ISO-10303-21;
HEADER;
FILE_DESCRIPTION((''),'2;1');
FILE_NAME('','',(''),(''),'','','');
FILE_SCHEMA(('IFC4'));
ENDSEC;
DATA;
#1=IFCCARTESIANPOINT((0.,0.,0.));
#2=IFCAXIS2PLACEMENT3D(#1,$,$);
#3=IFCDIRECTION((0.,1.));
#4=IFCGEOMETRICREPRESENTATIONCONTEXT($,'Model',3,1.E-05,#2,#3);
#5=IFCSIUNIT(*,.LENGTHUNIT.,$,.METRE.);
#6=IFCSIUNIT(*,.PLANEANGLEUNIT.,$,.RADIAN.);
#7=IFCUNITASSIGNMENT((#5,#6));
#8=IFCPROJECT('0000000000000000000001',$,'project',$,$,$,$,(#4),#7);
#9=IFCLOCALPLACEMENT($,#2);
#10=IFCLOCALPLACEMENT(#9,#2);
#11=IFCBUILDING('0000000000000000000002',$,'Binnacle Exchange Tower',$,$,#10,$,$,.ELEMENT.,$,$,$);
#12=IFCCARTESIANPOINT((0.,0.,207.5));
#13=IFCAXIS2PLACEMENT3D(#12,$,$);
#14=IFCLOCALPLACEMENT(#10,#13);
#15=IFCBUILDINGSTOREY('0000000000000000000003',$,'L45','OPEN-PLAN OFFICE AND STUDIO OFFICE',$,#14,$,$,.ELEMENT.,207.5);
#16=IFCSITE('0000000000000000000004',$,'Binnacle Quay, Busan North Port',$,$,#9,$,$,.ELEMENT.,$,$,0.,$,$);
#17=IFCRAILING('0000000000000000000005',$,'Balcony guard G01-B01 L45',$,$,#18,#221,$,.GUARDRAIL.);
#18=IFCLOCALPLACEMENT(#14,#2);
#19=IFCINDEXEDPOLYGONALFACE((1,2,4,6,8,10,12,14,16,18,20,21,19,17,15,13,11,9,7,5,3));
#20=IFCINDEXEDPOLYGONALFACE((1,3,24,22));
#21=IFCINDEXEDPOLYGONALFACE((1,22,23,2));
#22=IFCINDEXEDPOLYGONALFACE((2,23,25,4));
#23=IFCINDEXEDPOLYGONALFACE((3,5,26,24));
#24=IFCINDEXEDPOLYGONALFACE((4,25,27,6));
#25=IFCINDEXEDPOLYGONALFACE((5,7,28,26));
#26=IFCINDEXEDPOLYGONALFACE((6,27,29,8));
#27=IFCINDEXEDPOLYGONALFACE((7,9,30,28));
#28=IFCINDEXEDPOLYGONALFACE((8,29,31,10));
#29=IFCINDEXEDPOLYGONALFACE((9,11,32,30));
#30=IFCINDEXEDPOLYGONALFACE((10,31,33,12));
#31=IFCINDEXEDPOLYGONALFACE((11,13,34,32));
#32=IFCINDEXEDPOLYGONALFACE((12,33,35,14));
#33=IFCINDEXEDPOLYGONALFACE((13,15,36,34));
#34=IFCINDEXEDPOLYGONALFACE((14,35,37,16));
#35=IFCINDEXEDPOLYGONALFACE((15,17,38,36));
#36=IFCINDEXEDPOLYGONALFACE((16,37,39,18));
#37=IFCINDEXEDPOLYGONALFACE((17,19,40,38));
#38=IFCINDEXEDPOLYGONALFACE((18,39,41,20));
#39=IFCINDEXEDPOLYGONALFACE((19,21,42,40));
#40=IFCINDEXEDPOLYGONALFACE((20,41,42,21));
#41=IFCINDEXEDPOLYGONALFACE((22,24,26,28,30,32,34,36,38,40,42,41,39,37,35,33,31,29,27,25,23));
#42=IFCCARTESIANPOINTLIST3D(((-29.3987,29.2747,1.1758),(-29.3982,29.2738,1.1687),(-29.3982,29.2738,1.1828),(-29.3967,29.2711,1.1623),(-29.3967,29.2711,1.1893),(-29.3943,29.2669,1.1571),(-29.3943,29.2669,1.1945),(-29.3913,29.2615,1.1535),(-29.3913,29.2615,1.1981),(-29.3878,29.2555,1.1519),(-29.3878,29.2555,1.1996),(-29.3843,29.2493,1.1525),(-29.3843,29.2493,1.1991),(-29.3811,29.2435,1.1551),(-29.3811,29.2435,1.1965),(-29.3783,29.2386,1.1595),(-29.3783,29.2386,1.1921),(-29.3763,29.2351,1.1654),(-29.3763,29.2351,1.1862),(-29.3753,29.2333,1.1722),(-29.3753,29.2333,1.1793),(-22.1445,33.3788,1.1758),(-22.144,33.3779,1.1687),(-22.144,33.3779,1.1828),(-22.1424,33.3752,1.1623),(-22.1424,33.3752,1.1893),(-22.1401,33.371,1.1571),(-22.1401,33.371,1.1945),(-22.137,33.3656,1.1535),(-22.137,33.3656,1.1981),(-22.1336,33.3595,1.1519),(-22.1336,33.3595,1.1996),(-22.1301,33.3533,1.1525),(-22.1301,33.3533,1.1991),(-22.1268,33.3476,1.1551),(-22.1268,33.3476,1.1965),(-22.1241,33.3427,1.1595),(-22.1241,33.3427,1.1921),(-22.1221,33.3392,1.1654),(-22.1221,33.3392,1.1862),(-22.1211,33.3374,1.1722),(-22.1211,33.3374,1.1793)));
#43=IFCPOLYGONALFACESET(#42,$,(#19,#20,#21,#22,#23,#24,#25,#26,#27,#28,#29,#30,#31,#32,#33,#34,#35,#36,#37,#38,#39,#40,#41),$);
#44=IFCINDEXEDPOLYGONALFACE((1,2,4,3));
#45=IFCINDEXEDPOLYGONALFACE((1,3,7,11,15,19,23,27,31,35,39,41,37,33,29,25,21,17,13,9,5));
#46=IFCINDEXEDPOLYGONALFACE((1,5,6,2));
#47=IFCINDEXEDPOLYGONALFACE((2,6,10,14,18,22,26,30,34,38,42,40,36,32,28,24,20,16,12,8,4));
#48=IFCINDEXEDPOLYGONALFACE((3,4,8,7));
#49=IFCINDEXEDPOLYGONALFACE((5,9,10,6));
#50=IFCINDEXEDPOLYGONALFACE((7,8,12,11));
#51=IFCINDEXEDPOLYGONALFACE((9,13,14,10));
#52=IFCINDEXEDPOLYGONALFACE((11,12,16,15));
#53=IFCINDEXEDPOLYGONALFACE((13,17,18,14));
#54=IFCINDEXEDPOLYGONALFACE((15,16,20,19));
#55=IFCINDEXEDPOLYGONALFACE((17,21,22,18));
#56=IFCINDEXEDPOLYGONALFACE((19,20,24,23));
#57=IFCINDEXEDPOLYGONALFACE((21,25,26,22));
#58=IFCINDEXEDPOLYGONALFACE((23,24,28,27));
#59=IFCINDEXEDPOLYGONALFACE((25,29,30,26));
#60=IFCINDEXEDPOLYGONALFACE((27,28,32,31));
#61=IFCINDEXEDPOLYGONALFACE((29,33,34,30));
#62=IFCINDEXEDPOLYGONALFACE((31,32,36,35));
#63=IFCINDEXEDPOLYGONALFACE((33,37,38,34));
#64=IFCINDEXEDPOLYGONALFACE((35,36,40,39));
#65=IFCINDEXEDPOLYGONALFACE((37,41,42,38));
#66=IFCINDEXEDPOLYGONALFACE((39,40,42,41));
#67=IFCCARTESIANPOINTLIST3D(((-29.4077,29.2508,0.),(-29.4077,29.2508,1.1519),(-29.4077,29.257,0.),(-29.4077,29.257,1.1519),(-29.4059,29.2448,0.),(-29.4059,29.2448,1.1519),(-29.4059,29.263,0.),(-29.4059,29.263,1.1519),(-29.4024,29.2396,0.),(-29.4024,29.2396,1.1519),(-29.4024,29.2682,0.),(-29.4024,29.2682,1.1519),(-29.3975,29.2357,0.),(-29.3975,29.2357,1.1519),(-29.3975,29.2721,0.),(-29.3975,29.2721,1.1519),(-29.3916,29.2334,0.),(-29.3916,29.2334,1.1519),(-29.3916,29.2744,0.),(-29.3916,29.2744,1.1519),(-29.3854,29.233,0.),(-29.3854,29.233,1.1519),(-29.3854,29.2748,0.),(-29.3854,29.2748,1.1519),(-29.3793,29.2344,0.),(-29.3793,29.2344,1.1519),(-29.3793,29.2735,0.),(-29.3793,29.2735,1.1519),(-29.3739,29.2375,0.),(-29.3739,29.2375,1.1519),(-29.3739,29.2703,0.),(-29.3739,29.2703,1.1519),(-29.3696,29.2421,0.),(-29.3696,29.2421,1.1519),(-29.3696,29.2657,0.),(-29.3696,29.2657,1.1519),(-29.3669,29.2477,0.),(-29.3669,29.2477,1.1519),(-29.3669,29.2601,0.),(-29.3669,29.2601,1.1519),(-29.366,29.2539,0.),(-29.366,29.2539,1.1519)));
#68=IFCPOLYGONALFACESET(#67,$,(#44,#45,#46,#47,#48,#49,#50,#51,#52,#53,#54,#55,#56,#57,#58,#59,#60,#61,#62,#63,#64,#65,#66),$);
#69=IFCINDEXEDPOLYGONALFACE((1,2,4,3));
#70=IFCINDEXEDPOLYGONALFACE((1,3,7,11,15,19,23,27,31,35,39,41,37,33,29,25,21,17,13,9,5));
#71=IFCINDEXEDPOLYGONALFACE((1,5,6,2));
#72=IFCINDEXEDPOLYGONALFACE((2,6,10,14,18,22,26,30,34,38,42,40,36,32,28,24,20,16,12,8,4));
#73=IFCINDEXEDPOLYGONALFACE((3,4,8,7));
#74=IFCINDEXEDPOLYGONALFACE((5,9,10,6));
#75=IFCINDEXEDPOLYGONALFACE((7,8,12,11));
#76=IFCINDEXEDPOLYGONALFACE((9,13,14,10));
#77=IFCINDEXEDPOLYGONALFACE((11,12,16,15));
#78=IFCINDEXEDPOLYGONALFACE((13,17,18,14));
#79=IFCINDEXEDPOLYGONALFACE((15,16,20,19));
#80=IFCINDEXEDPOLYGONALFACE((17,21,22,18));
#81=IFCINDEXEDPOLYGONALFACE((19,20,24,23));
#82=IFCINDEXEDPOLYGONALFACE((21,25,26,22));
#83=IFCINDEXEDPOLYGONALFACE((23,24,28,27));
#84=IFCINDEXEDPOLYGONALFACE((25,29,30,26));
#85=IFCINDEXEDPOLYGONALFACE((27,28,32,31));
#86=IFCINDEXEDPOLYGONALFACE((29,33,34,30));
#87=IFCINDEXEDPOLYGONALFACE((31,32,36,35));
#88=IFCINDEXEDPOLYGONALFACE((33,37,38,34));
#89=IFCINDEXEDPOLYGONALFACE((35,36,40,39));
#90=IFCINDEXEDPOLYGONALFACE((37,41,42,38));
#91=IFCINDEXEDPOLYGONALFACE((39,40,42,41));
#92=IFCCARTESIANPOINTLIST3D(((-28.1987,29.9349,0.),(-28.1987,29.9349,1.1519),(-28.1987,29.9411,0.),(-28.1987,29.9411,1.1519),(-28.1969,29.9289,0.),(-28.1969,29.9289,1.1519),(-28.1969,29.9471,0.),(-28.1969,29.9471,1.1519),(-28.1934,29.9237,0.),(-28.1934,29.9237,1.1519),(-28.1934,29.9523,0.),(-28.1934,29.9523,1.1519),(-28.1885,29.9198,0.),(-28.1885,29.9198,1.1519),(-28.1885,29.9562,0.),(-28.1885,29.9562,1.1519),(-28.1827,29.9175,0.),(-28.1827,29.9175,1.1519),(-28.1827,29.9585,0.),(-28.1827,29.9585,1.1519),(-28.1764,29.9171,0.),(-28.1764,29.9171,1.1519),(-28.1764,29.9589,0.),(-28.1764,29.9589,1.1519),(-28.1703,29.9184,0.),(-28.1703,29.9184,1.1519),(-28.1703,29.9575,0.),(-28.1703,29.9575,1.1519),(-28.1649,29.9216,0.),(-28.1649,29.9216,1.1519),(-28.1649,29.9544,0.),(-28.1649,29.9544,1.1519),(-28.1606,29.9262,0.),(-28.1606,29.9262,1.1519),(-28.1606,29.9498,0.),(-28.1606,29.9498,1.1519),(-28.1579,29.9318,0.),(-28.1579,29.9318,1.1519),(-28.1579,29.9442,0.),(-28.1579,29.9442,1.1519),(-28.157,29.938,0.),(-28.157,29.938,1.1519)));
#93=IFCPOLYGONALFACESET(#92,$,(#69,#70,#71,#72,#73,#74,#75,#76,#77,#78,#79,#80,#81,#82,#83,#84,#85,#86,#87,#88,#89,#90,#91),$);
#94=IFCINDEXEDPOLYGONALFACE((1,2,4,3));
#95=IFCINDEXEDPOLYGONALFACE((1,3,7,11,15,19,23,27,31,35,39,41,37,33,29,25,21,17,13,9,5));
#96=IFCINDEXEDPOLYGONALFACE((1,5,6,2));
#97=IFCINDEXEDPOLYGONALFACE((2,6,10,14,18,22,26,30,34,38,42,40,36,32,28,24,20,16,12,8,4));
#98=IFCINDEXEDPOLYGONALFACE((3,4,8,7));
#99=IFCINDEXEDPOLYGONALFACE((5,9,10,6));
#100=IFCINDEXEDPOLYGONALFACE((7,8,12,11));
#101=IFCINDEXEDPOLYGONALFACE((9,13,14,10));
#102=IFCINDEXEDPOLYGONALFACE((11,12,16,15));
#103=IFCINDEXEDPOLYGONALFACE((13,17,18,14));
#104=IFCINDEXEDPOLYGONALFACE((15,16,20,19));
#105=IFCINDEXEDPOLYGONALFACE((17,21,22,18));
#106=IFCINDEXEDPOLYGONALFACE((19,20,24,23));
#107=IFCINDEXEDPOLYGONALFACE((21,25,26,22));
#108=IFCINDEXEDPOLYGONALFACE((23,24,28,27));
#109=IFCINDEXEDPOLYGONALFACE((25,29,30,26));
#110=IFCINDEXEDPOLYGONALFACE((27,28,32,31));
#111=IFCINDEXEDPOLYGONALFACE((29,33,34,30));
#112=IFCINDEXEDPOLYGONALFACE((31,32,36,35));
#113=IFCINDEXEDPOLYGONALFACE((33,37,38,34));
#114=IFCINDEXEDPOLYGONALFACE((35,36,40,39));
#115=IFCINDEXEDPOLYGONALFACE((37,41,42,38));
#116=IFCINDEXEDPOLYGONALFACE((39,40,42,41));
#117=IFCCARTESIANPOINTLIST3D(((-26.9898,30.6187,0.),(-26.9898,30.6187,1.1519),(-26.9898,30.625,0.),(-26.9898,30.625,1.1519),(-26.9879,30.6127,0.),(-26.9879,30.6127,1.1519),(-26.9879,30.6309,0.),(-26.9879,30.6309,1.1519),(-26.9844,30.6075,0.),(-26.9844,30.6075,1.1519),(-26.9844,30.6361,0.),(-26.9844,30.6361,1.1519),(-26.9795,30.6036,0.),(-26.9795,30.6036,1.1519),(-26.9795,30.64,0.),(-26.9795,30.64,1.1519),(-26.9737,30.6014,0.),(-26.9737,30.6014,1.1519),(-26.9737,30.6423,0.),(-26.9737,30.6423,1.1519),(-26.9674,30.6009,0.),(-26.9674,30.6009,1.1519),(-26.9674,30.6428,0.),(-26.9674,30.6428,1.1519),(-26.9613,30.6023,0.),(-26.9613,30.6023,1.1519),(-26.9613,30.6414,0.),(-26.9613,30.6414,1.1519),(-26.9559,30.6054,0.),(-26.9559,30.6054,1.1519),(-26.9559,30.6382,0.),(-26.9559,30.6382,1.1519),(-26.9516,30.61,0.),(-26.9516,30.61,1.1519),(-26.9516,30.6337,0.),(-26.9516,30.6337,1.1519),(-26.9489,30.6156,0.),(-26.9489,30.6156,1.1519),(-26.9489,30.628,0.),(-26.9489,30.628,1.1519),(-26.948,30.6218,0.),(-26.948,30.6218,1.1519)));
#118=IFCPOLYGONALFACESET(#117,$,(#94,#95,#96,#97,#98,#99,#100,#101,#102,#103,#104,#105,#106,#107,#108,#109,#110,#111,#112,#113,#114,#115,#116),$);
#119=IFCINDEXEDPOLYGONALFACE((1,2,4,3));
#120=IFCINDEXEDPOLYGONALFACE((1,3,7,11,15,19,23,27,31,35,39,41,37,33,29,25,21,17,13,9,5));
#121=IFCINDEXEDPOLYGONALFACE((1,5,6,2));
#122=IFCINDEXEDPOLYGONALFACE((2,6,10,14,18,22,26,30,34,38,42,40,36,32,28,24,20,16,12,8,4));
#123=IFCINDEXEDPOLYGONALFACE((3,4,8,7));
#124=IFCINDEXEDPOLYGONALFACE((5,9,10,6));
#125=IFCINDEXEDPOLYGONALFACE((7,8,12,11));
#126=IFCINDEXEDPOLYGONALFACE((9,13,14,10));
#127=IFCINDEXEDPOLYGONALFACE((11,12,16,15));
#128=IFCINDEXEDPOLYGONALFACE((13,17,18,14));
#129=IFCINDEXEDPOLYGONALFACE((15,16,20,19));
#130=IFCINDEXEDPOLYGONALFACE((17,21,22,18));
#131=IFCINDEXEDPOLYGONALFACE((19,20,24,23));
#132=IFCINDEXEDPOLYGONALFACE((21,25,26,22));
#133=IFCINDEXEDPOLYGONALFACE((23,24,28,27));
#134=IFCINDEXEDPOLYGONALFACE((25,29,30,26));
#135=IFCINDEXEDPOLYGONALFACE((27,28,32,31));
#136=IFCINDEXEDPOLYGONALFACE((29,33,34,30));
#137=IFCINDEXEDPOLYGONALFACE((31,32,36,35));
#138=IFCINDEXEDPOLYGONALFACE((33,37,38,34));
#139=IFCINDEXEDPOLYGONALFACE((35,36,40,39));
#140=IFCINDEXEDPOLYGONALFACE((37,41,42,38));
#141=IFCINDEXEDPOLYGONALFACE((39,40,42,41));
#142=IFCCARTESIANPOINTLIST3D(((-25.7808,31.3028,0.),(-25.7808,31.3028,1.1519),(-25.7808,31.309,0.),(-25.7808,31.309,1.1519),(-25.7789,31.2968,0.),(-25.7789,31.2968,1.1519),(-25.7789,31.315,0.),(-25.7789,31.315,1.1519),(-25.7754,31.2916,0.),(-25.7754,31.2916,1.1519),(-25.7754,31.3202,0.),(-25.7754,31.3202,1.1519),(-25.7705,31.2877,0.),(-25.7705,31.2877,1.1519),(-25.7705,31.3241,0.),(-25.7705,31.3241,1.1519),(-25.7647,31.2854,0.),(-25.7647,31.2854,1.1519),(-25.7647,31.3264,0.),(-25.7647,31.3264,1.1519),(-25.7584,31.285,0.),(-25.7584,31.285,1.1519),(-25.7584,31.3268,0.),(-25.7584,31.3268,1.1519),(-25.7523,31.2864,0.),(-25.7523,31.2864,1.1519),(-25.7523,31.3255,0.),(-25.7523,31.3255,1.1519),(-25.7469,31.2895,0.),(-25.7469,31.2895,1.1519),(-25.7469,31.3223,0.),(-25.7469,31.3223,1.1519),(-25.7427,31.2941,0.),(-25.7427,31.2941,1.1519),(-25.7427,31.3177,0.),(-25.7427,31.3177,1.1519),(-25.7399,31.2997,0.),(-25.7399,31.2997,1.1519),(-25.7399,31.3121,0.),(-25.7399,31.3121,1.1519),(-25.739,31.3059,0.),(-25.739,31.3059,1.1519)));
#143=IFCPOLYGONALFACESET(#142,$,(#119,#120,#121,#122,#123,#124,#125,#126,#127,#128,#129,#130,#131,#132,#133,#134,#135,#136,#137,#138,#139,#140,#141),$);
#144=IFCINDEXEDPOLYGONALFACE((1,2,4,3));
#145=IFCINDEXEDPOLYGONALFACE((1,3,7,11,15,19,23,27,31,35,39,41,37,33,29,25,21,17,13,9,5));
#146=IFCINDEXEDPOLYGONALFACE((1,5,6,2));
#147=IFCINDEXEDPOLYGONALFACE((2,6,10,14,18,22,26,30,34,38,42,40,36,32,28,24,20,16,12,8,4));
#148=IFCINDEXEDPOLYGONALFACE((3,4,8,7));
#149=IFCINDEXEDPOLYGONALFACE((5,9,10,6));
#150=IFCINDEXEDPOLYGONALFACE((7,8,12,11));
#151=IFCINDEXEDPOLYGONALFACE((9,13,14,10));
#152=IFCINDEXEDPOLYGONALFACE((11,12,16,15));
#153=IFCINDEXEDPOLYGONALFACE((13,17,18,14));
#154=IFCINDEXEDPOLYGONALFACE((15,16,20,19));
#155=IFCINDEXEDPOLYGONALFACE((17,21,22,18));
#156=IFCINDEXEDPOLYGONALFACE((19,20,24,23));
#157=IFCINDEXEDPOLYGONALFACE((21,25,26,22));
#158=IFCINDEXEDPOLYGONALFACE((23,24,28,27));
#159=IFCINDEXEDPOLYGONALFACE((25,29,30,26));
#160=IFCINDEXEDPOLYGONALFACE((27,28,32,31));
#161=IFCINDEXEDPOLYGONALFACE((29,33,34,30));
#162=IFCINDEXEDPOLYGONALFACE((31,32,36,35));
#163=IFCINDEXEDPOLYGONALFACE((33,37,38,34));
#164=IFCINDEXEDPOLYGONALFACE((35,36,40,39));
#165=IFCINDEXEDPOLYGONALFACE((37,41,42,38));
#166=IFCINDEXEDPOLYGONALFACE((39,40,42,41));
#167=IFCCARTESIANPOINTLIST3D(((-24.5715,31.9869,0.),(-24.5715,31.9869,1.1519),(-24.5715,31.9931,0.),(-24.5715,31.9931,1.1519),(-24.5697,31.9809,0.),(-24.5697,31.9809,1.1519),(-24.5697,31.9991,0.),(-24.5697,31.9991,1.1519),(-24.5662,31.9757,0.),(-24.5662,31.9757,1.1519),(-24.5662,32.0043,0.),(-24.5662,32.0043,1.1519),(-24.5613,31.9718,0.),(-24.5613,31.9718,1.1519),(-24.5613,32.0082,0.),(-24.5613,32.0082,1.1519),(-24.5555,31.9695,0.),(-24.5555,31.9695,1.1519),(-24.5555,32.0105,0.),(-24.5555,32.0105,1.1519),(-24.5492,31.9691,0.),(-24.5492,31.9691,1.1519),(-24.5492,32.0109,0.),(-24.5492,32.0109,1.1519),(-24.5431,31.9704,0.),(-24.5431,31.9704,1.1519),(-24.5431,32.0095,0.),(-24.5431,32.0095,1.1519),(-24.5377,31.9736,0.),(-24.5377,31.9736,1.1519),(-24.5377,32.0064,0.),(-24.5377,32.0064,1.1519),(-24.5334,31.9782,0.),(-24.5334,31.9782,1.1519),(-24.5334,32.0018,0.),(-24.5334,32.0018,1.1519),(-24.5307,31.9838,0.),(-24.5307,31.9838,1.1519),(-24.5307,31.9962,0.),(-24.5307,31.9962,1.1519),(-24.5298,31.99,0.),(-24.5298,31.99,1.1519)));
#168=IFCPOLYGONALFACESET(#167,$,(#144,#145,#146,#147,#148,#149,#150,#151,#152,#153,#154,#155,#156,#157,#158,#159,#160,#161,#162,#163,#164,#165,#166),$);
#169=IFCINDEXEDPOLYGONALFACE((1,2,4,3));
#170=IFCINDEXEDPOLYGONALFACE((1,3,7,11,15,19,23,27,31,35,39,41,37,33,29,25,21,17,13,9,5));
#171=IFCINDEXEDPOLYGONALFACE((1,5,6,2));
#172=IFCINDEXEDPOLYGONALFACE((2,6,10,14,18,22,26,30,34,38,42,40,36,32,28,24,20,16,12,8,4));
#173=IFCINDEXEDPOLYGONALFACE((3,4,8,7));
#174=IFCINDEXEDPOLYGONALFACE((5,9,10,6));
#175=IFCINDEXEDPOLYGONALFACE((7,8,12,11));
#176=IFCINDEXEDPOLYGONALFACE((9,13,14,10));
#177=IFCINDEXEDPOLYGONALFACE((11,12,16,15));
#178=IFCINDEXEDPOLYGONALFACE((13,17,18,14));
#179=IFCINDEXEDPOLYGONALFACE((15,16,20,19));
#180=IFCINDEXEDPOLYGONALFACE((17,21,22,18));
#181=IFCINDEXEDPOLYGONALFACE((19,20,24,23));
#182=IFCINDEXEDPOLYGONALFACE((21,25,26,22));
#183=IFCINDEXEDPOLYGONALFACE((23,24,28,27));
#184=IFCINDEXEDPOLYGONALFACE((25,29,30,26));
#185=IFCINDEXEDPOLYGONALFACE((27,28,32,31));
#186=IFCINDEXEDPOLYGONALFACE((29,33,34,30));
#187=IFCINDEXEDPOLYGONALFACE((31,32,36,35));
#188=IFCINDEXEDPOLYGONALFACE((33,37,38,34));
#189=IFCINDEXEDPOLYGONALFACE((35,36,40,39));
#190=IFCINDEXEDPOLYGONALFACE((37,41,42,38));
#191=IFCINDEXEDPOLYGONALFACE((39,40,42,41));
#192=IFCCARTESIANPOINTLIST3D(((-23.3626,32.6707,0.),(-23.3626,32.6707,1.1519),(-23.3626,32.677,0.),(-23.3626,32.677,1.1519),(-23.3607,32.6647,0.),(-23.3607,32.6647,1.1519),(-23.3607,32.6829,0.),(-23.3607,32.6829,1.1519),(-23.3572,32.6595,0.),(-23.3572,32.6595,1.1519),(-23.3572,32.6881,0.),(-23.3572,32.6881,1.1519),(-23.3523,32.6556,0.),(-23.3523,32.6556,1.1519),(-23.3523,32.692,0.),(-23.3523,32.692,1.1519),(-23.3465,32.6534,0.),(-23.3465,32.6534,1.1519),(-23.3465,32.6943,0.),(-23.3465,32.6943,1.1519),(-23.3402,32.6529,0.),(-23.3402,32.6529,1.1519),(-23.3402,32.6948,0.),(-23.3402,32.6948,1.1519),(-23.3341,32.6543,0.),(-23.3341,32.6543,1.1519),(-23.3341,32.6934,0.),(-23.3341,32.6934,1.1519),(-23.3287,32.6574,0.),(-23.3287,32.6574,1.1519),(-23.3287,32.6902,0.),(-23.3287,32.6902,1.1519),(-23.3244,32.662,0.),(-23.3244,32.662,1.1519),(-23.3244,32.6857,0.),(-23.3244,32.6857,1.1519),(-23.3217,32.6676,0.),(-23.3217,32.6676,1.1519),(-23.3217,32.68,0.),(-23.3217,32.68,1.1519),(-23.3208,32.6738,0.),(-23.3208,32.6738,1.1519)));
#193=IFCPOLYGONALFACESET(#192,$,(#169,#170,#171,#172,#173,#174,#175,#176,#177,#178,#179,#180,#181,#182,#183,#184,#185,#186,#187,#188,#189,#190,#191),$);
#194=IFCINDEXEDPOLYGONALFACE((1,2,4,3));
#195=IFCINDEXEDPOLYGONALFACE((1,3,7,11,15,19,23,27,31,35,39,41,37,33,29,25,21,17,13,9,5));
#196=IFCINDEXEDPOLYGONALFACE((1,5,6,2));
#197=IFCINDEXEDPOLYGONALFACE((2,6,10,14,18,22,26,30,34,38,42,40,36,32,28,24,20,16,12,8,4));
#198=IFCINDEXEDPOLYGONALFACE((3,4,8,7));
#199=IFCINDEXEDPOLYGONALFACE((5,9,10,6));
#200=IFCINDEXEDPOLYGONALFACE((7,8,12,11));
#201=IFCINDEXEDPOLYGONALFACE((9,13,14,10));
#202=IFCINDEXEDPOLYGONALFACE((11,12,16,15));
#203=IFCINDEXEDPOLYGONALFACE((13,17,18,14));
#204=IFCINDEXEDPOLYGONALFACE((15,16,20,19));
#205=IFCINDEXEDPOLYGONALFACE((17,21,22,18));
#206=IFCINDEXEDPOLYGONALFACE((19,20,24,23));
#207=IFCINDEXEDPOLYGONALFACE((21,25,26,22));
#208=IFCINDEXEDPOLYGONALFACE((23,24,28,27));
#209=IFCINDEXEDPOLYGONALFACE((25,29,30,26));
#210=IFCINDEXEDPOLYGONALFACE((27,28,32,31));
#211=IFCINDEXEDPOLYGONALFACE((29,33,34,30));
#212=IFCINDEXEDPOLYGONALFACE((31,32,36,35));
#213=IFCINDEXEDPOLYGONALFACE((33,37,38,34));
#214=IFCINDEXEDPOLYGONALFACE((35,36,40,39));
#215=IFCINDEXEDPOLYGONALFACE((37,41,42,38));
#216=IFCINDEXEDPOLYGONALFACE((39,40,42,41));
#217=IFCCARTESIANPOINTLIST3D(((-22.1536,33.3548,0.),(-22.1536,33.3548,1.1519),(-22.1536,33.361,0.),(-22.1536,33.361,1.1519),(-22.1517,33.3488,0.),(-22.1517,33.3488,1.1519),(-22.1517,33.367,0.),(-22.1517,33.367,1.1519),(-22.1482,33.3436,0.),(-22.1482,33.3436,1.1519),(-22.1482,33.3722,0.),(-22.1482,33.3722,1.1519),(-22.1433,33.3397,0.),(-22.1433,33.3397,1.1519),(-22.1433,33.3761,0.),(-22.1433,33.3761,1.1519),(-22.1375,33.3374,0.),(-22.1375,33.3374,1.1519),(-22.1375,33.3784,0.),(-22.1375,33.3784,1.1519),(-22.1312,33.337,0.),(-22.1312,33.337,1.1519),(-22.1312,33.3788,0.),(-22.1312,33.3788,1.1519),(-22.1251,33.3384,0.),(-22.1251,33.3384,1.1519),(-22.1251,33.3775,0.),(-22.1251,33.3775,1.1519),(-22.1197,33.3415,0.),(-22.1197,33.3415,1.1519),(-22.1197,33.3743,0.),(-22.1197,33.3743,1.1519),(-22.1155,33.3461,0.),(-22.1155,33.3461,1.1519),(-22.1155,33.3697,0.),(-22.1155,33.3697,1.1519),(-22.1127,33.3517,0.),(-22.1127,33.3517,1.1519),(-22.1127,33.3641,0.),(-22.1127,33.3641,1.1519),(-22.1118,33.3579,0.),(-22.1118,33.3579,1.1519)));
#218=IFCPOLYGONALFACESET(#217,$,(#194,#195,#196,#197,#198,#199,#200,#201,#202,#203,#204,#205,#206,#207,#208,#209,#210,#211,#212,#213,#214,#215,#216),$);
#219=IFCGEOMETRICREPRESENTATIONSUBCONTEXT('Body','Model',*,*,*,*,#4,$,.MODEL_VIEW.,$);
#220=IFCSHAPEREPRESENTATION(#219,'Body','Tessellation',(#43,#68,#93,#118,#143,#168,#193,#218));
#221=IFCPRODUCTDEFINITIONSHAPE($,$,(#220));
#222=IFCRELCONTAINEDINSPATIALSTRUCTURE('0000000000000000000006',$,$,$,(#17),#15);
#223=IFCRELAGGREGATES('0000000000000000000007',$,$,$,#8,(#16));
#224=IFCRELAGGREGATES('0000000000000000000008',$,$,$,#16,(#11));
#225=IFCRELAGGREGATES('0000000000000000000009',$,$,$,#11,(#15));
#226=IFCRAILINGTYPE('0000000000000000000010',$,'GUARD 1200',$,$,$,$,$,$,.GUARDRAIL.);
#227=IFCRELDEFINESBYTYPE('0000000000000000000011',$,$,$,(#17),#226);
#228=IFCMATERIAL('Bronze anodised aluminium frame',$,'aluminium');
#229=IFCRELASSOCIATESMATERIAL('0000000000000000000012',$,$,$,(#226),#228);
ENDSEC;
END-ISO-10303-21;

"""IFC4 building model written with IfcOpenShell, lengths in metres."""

from ifc_helpers import new_model, si_unit, direction, frame, origin, origin_2d, place, context, subcontext, project, spatial, circle, extrude, material, type_object, element, save


model = new_model("IFC4")

# Units and contexts
model_context = context("Model", 3, precision=1e-05, world=origin(), true_north=direction((0.0, 1.0)))
body_context = subcontext(model_context, "Body", "Model", "MODEL_VIEW")
ifc_project = project(units=[si_unit("LENGTHUNIT", "METRE"), si_unit("PLANEANGLEUNIT", "RADIAN")], contexts=[model_context])

# Site, building, storey
site_placement = place(None, origin())
site = spatial("IfcSite", under=ifc_project, at=site_placement, Name="Binnacle Quay, Busan North Port", CompositionType="ELEMENT", RefElevation=0.0)
building_placement = place(site_placement, origin())
building = spatial("IfcBuilding", under=site, at=building_placement, Name="Binnacle Exchange Tower", CompositionType="ELEMENT")
storey_placement = place(building_placement, frame((0.0, 0.0, 207.5)))
storey = spatial("IfcBuildingStorey", under=building, at=storey_placement, Name="L45", Description="OPEN-PLAN OFFICE AND STUDIO OFFICE", CompositionType="ELEMENT", Elevation=207.5)

# Railing
ifc_material_1 = material(Name="Bronze anodised aluminium frame", Category="aluminium")
railing_type_1 = type_object("IfcRailingType", Name="GUARD 1200", PredefinedType="GUARDRAIL", material=ifc_material_1)
railing_1_placement = place(storey_placement, frame((-29.387, 29.2539, 0.0)))
element("IfcRailing", 1, at=railing_1_placement, inside=storey, type_object=railing_type_1, Name="Balcony guard G01-B01 L45", PredefinedType="GUARDRAIL", context=body_context, shape_type="SweptSolid", body=[
    extrude(circle(Radius=0.0239, at=origin_2d()), frame((0.0, 0.0, 1.1758), z_axis=(0.870366, 0.492406, 0.0), x_axis=(-0.492406, 0.870366, 0.0)), (0.0, 0.0, 1.0), 8.3347),
    extrude(circle(Radius=0.021, at=origin_2d()), origin(), (0.0, 0.0, 1.0), 1.1519),
    extrude(circle(Radius=0.021, at=origin_2d()), frame((1.209, 0.6841, 0.0)), (0.0, 0.0, 1.0), 1.1519),
    extrude(circle(Radius=0.021, at=origin_2d()), frame((2.418, 1.3679, 0.0)), (0.0, 0.0, 1.0), 1.1519),
    extrude(circle(Radius=0.021, at=origin_2d()), frame((3.627, 2.052, 0.0)), (0.0, 0.0, 1.0), 1.1519),
    extrude(circle(Radius=0.021, at=origin_2d()), frame((4.8362, 2.7361, 0.0)), (0.0, 0.0, 1.0), 1.1519),
    extrude(circle(Radius=0.021, at=origin_2d()), frame((6.0452, 3.4199, 0.0)), (0.0, 0.0, 1.0), 1.1519),
    extrude(circle(Radius=0.021, at=origin_2d()), frame((7.2542, 4.104, 0.0)), (0.0, 0.0, 1.0), 1.1519),
])

save(model, "model.ifc")
